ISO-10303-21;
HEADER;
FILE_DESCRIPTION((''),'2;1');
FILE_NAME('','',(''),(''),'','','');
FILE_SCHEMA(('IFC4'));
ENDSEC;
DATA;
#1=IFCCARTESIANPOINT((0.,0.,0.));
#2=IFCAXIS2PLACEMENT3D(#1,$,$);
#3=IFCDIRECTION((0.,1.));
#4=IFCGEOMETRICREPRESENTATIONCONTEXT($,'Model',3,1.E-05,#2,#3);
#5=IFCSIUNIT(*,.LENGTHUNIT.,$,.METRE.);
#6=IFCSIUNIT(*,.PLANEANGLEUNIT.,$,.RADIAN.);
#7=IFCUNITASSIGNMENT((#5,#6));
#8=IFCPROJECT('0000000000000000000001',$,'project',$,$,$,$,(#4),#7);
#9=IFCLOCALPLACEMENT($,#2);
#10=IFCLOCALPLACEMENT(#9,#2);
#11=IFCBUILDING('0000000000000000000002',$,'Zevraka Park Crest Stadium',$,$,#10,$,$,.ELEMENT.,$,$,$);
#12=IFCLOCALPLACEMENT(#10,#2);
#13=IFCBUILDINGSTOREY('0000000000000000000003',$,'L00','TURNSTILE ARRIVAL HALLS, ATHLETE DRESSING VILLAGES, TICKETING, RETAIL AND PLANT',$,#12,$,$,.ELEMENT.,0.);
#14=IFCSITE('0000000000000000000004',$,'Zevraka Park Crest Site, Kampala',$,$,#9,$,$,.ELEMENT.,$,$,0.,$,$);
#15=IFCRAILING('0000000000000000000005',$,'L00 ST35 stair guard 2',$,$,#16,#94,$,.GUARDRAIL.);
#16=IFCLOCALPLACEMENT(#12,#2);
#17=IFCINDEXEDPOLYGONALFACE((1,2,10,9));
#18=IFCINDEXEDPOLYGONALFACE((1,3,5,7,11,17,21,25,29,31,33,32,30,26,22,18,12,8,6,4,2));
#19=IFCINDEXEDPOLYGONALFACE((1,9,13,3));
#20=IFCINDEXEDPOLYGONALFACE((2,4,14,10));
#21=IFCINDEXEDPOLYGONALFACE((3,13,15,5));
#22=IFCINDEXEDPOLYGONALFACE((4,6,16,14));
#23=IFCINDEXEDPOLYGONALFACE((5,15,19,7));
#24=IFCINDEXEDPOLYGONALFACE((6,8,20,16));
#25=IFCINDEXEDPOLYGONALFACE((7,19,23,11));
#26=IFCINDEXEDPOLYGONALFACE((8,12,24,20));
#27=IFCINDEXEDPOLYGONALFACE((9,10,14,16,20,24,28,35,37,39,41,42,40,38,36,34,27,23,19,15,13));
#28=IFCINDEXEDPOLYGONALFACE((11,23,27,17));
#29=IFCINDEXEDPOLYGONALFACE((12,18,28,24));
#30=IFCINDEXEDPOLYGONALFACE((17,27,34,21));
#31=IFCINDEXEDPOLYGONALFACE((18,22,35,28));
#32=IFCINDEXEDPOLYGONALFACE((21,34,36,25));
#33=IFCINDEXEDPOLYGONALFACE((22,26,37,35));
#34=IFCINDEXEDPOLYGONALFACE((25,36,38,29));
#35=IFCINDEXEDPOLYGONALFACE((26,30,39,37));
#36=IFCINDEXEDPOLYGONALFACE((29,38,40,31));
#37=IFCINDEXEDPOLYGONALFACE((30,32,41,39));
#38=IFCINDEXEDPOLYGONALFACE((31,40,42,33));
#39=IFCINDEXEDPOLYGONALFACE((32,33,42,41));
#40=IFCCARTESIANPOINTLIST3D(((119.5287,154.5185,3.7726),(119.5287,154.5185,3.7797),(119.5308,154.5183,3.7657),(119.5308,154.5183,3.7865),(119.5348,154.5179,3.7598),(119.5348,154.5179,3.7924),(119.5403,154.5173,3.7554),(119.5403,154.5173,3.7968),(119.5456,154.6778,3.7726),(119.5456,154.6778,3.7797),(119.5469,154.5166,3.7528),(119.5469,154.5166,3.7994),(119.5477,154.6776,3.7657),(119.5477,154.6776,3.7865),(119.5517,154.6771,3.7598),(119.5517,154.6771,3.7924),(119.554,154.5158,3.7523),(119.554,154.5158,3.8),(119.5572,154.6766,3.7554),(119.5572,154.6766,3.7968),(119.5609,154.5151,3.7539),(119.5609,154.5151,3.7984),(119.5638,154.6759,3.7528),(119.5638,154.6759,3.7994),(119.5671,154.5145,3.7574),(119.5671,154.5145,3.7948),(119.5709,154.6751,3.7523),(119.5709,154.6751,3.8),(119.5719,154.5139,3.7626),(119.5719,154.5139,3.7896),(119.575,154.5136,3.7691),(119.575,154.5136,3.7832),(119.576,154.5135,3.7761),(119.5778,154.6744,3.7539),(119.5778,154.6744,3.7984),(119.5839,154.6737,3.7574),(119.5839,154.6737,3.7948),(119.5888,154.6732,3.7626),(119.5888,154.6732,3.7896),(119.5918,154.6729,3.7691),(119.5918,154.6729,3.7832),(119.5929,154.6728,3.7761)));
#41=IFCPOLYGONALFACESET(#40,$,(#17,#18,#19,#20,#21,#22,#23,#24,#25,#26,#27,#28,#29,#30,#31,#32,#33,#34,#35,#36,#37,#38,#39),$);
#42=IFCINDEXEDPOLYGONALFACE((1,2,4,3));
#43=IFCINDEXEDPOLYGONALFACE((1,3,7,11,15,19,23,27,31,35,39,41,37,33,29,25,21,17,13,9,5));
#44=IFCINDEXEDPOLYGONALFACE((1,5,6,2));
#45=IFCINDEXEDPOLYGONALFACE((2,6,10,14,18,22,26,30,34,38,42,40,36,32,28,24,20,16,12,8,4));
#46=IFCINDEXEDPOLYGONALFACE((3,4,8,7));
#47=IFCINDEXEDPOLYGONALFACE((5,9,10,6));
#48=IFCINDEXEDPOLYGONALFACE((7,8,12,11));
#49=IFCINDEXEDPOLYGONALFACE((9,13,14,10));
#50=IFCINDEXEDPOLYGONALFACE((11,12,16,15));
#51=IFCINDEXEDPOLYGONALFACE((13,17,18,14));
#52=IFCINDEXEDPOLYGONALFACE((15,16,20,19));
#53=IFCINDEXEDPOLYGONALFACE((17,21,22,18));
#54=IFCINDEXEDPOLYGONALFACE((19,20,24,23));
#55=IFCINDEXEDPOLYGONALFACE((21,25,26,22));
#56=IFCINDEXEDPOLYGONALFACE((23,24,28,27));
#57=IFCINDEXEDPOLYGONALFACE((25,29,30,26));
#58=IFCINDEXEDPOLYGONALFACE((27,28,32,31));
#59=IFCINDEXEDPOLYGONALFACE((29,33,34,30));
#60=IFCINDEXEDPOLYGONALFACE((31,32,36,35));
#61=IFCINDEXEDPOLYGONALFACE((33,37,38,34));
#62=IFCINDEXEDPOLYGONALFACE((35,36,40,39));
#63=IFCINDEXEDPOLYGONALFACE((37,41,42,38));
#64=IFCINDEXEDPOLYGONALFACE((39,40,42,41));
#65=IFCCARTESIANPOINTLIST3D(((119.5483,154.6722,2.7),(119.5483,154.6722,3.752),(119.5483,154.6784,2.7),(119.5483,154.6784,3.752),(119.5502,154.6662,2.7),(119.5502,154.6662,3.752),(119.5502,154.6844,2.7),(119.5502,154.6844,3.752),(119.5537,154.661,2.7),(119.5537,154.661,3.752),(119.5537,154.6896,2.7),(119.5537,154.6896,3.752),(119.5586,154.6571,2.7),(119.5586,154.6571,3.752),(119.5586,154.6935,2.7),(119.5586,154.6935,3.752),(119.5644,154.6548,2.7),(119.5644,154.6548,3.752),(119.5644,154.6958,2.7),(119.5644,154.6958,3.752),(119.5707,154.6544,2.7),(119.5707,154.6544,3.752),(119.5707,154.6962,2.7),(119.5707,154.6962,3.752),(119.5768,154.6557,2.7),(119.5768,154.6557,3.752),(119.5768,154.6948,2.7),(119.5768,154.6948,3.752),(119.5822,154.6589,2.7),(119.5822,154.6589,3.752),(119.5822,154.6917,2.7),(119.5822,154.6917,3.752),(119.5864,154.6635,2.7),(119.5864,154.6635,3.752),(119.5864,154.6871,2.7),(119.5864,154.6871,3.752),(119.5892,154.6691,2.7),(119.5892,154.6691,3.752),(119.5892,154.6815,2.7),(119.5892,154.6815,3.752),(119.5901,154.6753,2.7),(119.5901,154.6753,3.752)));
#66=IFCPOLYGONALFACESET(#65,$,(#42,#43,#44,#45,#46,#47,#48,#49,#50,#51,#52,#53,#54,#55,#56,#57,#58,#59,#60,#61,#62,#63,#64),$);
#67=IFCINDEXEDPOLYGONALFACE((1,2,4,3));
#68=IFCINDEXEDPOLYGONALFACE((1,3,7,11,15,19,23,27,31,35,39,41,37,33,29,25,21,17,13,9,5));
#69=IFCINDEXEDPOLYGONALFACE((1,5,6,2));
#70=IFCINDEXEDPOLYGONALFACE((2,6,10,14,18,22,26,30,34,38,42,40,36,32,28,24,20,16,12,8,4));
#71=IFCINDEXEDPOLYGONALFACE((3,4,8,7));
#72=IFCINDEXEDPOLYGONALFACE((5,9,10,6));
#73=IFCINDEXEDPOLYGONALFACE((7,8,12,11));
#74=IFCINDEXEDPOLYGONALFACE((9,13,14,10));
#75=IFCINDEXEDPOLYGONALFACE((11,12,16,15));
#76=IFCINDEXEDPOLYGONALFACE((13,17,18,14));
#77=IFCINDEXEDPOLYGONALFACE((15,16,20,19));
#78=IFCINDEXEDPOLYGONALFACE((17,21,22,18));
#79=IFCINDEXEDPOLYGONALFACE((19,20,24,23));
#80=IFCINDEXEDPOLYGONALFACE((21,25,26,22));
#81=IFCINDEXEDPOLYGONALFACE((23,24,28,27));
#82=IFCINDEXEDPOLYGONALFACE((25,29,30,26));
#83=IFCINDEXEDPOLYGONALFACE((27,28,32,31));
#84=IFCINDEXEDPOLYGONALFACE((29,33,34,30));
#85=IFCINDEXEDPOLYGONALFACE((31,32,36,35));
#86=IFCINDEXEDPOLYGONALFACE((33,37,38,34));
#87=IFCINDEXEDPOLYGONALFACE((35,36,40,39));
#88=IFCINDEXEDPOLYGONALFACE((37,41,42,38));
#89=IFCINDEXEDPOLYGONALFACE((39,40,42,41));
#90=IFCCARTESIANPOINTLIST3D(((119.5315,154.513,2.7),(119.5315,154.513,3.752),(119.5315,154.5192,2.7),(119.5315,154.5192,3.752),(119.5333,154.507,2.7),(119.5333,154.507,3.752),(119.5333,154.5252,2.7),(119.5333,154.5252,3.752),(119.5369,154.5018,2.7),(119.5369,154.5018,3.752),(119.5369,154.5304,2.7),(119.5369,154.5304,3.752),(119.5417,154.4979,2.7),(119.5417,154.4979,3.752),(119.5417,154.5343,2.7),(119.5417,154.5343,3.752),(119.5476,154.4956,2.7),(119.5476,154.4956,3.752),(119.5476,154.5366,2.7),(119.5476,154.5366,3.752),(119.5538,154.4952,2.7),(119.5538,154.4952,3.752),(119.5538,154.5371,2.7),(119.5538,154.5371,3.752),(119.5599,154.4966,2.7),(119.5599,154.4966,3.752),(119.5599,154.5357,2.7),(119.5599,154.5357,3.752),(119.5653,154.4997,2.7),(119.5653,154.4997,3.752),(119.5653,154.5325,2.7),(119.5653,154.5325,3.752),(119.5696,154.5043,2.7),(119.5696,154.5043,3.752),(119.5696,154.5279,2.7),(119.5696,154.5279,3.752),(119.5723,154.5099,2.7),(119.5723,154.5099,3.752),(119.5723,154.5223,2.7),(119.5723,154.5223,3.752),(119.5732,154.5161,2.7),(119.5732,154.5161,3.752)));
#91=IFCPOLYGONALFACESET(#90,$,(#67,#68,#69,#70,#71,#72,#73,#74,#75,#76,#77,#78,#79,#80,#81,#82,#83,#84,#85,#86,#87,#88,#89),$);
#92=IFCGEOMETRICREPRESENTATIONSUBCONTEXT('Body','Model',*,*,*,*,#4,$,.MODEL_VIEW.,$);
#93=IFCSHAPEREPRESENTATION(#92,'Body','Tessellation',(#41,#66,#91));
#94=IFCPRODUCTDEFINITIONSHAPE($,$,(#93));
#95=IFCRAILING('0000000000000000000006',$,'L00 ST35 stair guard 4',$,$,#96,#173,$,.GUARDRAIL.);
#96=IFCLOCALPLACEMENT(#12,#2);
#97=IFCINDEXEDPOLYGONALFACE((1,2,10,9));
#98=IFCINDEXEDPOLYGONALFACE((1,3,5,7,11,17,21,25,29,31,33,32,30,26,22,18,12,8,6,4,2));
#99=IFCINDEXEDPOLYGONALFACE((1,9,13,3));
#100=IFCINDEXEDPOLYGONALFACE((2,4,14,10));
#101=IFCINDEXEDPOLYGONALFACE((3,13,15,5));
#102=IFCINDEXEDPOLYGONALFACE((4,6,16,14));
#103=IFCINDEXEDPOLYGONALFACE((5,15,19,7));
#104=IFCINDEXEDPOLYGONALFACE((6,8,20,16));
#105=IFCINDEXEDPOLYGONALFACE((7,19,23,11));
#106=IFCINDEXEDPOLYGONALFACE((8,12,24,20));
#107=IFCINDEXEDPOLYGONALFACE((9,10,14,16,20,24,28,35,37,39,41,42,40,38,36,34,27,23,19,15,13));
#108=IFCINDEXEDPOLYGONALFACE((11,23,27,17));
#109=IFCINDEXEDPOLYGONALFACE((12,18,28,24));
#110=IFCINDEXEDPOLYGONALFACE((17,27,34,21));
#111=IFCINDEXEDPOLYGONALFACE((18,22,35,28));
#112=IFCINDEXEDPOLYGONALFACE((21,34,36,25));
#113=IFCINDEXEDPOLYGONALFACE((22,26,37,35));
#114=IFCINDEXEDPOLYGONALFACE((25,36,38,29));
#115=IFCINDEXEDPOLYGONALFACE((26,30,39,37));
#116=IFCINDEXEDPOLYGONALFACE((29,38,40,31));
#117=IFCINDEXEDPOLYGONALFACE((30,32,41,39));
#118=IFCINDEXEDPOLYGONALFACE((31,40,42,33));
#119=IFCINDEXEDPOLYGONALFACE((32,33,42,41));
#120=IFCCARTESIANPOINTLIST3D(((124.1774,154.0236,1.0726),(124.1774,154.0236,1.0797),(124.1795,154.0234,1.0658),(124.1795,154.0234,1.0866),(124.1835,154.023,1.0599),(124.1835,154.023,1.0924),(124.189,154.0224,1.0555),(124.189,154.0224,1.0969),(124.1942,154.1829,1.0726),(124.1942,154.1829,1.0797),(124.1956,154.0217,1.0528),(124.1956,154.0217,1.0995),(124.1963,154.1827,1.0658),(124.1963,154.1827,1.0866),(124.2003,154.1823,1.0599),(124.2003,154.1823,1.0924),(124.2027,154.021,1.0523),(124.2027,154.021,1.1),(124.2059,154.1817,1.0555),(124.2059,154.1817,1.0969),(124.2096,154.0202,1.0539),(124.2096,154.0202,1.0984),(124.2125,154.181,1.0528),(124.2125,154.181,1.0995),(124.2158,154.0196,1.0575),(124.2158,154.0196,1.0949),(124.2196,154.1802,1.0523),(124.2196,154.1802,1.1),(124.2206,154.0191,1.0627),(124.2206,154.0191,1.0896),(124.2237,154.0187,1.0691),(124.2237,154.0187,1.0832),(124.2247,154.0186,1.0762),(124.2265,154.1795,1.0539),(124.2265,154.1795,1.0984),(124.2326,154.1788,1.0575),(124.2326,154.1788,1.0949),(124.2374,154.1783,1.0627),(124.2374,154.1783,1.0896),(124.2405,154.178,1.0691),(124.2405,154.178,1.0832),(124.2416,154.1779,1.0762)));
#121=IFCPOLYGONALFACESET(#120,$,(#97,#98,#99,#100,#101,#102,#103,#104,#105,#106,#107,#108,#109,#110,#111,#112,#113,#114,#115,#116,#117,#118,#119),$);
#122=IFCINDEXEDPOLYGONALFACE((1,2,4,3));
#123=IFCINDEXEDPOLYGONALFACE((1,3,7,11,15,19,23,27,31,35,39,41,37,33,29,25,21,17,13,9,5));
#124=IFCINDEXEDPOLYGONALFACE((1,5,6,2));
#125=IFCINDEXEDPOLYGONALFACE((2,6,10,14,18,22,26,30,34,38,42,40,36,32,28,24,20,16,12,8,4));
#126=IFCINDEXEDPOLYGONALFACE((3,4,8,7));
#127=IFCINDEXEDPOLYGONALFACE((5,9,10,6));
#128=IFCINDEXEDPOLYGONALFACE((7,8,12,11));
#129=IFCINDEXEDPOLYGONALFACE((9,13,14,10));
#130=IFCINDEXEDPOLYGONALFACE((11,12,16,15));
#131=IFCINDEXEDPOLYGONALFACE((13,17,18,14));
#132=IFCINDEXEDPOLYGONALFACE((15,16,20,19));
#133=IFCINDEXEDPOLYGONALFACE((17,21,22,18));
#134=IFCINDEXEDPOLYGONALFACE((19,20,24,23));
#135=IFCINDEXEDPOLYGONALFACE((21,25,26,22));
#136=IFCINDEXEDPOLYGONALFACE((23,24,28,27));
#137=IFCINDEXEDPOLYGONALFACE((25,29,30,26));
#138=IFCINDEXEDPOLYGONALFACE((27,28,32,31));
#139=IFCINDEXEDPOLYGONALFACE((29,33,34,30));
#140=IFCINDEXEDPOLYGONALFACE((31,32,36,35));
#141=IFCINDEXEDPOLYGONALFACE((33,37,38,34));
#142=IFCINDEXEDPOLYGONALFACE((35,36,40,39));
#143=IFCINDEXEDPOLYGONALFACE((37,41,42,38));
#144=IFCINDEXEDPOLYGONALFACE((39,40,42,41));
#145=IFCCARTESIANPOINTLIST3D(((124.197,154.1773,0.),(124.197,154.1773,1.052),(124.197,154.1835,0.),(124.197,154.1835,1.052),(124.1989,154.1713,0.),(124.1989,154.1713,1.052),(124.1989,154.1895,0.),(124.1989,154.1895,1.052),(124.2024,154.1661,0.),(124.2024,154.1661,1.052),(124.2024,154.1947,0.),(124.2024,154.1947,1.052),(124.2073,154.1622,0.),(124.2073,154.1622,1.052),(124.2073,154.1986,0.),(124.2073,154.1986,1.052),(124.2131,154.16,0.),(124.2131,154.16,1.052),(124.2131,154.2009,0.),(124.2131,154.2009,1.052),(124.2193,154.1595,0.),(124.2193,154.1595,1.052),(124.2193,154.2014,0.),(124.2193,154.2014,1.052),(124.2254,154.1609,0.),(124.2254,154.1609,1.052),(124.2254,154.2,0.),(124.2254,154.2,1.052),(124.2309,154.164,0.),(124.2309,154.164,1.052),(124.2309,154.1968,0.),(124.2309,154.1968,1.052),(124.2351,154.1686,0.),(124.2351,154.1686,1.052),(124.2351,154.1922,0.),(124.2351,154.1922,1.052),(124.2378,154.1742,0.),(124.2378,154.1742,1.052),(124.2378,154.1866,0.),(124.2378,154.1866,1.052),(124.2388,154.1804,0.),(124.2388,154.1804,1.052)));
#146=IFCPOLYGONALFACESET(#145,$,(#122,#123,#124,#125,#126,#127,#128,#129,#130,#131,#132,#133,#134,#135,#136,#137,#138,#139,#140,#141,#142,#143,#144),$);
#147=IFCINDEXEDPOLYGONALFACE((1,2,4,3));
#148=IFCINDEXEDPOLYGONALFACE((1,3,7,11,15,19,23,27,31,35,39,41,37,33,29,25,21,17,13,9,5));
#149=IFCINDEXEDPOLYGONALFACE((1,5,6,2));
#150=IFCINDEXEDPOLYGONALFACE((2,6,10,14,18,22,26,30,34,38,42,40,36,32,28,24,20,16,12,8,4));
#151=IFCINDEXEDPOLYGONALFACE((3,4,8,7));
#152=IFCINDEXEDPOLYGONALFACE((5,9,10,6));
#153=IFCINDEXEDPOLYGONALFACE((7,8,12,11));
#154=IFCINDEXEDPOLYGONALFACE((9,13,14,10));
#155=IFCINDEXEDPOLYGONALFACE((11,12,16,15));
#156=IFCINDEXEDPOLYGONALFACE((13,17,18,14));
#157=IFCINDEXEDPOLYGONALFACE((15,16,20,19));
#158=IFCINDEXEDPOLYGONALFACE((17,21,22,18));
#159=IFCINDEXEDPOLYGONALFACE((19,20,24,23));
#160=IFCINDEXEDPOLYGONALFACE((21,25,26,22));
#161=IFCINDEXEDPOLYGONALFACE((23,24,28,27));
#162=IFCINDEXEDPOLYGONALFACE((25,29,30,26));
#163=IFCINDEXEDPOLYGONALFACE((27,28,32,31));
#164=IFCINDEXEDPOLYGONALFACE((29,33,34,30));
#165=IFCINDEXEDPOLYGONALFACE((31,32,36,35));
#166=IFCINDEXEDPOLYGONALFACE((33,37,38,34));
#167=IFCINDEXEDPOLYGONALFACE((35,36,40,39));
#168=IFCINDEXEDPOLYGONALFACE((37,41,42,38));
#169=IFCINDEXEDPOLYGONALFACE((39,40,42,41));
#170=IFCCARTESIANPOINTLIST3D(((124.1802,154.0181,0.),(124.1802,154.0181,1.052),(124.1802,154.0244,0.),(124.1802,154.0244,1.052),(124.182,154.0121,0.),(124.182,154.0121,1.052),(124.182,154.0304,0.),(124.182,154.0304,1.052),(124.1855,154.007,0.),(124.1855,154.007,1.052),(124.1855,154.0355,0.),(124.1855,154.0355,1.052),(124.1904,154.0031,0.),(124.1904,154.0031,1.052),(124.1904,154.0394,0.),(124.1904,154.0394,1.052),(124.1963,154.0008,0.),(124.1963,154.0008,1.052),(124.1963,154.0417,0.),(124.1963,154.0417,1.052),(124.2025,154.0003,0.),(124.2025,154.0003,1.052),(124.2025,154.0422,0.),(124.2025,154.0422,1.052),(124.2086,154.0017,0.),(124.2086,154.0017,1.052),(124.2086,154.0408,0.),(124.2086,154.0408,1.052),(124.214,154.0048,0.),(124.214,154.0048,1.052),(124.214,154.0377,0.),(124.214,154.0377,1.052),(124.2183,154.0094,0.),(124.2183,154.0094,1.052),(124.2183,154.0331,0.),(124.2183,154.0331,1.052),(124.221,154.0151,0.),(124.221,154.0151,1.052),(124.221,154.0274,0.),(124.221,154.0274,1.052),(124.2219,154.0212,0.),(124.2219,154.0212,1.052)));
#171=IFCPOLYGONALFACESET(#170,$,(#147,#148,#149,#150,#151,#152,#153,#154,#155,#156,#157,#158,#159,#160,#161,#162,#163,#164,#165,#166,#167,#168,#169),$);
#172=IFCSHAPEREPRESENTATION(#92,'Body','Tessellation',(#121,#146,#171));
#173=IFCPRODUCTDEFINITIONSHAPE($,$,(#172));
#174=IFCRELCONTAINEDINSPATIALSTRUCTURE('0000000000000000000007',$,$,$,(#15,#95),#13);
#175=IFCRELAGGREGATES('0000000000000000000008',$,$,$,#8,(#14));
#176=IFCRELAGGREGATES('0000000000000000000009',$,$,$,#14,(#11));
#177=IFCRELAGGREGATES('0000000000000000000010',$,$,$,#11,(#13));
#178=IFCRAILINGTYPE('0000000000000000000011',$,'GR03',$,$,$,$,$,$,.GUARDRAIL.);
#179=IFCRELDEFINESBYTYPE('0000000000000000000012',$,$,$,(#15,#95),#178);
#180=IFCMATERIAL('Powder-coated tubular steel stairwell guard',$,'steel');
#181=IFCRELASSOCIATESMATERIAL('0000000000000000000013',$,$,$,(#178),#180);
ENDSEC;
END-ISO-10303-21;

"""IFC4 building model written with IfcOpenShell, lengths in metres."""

from ifc_helpers import new_model, si_unit, direction, frame, origin, origin_2d, place, context, subcontext, project, spatial, circle, extrude, material, type_object, element, save


model = new_model("IFC4")

# Units and contexts
model_context = context("Model", 3, precision=1e-05, world=origin(), true_north=direction((0.0, 1.0)))
body_context = subcontext(model_context, "Body", "Model", "MODEL_VIEW")
ifc_project = project(units=[si_unit("LENGTHUNIT", "METRE"), si_unit("PLANEANGLEUNIT", "RADIAN")], contexts=[model_context])

# Site, building, storey
site_placement = place(None, origin())
site = spatial("IfcSite", under=ifc_project, at=site_placement, Name="Zevraka Park Crest Site, Kampala", CompositionType="ELEMENT", RefElevation=0.0)
building_placement = place(site_placement, origin())
building = spatial("IfcBuilding", under=site, at=building_placement, Name="Zevraka Park Crest Stadium", CompositionType="ELEMENT")
storey_placement = place(building_placement, origin())
storey = spatial("IfcBuildingStorey", under=building, at=storey_placement, Name="L00", Description="TURNSTILE ARRIVAL HALLS, ATHLETE DRESSING VILLAGES, TICKETING, RETAIL AND PLANT", CompositionType="ELEMENT", Elevation=0.0)

# Railings
ifc_material_1 = material(Name="Powder-coated tubular steel stairwell guard", Category="steel")
railing_type_1 = type_object("IfcRailingType", Name="GR03", PredefinedType="GUARDRAIL", material=ifc_material_1)
railing_1_placement = place(storey_placement, frame((119.5691, 154.6753, 2.7)))
element("IfcRailing", 1, at=railing_1_placement, inside=storey, type_object=railing_type_1, Name="L00 ST35 stair guard 2", PredefinedType="GUARDRAIL", context=body_context, shape_type="SweptSolid", body=[
    extrude(circle(Radius=0.0239, at=origin_2d()), frame((0.0, 0.0, 1.0762), z_axis=(-0.105241, -0.994447, 0.0), x_axis=(0.994447, -0.105241, 0.0)), (0.0, 0.0, 1.0), 0.1602),
    extrude(circle(Radius=0.021, at=origin_2d()), origin(), (0.0, 0.0, 1.0), 1.052),
    extrude(circle(Radius=0.021, at=origin_2d()), frame((-0.0168, -0.1592, 0.0)), (0.0, 0.0, 1.0), 1.052),
])
railing_2_placement = place(storey_placement, frame((124.2178, 154.1804, 0.0)))
element("IfcRailing", 2, at=railing_2_placement, inside=storey, type_object=railing_type_1, Name="L00 ST35 stair guard 4", PredefinedType="GUARDRAIL", context=body_context, shape_type="SweptSolid", body=[
    extrude(circle(Radius=0.0239, at=origin_2d()), frame((0.0, 0.0, 1.0762), z_axis=(-0.105241, -0.994447, 0.0), x_axis=(0.994447, -0.105241, 0.0)), (0.0, 0.0, 1.0), 0.1602),
    extrude(circle(Radius=0.021, at=origin_2d()), origin(), (0.0, 0.0, 1.0), 1.052),
    extrude(circle(Radius=0.021, at=origin_2d()), frame((-0.0168, -0.1592, 0.0)), (0.0, 0.0, 1.0), 1.052),
])

save(model, "model.ifc")
